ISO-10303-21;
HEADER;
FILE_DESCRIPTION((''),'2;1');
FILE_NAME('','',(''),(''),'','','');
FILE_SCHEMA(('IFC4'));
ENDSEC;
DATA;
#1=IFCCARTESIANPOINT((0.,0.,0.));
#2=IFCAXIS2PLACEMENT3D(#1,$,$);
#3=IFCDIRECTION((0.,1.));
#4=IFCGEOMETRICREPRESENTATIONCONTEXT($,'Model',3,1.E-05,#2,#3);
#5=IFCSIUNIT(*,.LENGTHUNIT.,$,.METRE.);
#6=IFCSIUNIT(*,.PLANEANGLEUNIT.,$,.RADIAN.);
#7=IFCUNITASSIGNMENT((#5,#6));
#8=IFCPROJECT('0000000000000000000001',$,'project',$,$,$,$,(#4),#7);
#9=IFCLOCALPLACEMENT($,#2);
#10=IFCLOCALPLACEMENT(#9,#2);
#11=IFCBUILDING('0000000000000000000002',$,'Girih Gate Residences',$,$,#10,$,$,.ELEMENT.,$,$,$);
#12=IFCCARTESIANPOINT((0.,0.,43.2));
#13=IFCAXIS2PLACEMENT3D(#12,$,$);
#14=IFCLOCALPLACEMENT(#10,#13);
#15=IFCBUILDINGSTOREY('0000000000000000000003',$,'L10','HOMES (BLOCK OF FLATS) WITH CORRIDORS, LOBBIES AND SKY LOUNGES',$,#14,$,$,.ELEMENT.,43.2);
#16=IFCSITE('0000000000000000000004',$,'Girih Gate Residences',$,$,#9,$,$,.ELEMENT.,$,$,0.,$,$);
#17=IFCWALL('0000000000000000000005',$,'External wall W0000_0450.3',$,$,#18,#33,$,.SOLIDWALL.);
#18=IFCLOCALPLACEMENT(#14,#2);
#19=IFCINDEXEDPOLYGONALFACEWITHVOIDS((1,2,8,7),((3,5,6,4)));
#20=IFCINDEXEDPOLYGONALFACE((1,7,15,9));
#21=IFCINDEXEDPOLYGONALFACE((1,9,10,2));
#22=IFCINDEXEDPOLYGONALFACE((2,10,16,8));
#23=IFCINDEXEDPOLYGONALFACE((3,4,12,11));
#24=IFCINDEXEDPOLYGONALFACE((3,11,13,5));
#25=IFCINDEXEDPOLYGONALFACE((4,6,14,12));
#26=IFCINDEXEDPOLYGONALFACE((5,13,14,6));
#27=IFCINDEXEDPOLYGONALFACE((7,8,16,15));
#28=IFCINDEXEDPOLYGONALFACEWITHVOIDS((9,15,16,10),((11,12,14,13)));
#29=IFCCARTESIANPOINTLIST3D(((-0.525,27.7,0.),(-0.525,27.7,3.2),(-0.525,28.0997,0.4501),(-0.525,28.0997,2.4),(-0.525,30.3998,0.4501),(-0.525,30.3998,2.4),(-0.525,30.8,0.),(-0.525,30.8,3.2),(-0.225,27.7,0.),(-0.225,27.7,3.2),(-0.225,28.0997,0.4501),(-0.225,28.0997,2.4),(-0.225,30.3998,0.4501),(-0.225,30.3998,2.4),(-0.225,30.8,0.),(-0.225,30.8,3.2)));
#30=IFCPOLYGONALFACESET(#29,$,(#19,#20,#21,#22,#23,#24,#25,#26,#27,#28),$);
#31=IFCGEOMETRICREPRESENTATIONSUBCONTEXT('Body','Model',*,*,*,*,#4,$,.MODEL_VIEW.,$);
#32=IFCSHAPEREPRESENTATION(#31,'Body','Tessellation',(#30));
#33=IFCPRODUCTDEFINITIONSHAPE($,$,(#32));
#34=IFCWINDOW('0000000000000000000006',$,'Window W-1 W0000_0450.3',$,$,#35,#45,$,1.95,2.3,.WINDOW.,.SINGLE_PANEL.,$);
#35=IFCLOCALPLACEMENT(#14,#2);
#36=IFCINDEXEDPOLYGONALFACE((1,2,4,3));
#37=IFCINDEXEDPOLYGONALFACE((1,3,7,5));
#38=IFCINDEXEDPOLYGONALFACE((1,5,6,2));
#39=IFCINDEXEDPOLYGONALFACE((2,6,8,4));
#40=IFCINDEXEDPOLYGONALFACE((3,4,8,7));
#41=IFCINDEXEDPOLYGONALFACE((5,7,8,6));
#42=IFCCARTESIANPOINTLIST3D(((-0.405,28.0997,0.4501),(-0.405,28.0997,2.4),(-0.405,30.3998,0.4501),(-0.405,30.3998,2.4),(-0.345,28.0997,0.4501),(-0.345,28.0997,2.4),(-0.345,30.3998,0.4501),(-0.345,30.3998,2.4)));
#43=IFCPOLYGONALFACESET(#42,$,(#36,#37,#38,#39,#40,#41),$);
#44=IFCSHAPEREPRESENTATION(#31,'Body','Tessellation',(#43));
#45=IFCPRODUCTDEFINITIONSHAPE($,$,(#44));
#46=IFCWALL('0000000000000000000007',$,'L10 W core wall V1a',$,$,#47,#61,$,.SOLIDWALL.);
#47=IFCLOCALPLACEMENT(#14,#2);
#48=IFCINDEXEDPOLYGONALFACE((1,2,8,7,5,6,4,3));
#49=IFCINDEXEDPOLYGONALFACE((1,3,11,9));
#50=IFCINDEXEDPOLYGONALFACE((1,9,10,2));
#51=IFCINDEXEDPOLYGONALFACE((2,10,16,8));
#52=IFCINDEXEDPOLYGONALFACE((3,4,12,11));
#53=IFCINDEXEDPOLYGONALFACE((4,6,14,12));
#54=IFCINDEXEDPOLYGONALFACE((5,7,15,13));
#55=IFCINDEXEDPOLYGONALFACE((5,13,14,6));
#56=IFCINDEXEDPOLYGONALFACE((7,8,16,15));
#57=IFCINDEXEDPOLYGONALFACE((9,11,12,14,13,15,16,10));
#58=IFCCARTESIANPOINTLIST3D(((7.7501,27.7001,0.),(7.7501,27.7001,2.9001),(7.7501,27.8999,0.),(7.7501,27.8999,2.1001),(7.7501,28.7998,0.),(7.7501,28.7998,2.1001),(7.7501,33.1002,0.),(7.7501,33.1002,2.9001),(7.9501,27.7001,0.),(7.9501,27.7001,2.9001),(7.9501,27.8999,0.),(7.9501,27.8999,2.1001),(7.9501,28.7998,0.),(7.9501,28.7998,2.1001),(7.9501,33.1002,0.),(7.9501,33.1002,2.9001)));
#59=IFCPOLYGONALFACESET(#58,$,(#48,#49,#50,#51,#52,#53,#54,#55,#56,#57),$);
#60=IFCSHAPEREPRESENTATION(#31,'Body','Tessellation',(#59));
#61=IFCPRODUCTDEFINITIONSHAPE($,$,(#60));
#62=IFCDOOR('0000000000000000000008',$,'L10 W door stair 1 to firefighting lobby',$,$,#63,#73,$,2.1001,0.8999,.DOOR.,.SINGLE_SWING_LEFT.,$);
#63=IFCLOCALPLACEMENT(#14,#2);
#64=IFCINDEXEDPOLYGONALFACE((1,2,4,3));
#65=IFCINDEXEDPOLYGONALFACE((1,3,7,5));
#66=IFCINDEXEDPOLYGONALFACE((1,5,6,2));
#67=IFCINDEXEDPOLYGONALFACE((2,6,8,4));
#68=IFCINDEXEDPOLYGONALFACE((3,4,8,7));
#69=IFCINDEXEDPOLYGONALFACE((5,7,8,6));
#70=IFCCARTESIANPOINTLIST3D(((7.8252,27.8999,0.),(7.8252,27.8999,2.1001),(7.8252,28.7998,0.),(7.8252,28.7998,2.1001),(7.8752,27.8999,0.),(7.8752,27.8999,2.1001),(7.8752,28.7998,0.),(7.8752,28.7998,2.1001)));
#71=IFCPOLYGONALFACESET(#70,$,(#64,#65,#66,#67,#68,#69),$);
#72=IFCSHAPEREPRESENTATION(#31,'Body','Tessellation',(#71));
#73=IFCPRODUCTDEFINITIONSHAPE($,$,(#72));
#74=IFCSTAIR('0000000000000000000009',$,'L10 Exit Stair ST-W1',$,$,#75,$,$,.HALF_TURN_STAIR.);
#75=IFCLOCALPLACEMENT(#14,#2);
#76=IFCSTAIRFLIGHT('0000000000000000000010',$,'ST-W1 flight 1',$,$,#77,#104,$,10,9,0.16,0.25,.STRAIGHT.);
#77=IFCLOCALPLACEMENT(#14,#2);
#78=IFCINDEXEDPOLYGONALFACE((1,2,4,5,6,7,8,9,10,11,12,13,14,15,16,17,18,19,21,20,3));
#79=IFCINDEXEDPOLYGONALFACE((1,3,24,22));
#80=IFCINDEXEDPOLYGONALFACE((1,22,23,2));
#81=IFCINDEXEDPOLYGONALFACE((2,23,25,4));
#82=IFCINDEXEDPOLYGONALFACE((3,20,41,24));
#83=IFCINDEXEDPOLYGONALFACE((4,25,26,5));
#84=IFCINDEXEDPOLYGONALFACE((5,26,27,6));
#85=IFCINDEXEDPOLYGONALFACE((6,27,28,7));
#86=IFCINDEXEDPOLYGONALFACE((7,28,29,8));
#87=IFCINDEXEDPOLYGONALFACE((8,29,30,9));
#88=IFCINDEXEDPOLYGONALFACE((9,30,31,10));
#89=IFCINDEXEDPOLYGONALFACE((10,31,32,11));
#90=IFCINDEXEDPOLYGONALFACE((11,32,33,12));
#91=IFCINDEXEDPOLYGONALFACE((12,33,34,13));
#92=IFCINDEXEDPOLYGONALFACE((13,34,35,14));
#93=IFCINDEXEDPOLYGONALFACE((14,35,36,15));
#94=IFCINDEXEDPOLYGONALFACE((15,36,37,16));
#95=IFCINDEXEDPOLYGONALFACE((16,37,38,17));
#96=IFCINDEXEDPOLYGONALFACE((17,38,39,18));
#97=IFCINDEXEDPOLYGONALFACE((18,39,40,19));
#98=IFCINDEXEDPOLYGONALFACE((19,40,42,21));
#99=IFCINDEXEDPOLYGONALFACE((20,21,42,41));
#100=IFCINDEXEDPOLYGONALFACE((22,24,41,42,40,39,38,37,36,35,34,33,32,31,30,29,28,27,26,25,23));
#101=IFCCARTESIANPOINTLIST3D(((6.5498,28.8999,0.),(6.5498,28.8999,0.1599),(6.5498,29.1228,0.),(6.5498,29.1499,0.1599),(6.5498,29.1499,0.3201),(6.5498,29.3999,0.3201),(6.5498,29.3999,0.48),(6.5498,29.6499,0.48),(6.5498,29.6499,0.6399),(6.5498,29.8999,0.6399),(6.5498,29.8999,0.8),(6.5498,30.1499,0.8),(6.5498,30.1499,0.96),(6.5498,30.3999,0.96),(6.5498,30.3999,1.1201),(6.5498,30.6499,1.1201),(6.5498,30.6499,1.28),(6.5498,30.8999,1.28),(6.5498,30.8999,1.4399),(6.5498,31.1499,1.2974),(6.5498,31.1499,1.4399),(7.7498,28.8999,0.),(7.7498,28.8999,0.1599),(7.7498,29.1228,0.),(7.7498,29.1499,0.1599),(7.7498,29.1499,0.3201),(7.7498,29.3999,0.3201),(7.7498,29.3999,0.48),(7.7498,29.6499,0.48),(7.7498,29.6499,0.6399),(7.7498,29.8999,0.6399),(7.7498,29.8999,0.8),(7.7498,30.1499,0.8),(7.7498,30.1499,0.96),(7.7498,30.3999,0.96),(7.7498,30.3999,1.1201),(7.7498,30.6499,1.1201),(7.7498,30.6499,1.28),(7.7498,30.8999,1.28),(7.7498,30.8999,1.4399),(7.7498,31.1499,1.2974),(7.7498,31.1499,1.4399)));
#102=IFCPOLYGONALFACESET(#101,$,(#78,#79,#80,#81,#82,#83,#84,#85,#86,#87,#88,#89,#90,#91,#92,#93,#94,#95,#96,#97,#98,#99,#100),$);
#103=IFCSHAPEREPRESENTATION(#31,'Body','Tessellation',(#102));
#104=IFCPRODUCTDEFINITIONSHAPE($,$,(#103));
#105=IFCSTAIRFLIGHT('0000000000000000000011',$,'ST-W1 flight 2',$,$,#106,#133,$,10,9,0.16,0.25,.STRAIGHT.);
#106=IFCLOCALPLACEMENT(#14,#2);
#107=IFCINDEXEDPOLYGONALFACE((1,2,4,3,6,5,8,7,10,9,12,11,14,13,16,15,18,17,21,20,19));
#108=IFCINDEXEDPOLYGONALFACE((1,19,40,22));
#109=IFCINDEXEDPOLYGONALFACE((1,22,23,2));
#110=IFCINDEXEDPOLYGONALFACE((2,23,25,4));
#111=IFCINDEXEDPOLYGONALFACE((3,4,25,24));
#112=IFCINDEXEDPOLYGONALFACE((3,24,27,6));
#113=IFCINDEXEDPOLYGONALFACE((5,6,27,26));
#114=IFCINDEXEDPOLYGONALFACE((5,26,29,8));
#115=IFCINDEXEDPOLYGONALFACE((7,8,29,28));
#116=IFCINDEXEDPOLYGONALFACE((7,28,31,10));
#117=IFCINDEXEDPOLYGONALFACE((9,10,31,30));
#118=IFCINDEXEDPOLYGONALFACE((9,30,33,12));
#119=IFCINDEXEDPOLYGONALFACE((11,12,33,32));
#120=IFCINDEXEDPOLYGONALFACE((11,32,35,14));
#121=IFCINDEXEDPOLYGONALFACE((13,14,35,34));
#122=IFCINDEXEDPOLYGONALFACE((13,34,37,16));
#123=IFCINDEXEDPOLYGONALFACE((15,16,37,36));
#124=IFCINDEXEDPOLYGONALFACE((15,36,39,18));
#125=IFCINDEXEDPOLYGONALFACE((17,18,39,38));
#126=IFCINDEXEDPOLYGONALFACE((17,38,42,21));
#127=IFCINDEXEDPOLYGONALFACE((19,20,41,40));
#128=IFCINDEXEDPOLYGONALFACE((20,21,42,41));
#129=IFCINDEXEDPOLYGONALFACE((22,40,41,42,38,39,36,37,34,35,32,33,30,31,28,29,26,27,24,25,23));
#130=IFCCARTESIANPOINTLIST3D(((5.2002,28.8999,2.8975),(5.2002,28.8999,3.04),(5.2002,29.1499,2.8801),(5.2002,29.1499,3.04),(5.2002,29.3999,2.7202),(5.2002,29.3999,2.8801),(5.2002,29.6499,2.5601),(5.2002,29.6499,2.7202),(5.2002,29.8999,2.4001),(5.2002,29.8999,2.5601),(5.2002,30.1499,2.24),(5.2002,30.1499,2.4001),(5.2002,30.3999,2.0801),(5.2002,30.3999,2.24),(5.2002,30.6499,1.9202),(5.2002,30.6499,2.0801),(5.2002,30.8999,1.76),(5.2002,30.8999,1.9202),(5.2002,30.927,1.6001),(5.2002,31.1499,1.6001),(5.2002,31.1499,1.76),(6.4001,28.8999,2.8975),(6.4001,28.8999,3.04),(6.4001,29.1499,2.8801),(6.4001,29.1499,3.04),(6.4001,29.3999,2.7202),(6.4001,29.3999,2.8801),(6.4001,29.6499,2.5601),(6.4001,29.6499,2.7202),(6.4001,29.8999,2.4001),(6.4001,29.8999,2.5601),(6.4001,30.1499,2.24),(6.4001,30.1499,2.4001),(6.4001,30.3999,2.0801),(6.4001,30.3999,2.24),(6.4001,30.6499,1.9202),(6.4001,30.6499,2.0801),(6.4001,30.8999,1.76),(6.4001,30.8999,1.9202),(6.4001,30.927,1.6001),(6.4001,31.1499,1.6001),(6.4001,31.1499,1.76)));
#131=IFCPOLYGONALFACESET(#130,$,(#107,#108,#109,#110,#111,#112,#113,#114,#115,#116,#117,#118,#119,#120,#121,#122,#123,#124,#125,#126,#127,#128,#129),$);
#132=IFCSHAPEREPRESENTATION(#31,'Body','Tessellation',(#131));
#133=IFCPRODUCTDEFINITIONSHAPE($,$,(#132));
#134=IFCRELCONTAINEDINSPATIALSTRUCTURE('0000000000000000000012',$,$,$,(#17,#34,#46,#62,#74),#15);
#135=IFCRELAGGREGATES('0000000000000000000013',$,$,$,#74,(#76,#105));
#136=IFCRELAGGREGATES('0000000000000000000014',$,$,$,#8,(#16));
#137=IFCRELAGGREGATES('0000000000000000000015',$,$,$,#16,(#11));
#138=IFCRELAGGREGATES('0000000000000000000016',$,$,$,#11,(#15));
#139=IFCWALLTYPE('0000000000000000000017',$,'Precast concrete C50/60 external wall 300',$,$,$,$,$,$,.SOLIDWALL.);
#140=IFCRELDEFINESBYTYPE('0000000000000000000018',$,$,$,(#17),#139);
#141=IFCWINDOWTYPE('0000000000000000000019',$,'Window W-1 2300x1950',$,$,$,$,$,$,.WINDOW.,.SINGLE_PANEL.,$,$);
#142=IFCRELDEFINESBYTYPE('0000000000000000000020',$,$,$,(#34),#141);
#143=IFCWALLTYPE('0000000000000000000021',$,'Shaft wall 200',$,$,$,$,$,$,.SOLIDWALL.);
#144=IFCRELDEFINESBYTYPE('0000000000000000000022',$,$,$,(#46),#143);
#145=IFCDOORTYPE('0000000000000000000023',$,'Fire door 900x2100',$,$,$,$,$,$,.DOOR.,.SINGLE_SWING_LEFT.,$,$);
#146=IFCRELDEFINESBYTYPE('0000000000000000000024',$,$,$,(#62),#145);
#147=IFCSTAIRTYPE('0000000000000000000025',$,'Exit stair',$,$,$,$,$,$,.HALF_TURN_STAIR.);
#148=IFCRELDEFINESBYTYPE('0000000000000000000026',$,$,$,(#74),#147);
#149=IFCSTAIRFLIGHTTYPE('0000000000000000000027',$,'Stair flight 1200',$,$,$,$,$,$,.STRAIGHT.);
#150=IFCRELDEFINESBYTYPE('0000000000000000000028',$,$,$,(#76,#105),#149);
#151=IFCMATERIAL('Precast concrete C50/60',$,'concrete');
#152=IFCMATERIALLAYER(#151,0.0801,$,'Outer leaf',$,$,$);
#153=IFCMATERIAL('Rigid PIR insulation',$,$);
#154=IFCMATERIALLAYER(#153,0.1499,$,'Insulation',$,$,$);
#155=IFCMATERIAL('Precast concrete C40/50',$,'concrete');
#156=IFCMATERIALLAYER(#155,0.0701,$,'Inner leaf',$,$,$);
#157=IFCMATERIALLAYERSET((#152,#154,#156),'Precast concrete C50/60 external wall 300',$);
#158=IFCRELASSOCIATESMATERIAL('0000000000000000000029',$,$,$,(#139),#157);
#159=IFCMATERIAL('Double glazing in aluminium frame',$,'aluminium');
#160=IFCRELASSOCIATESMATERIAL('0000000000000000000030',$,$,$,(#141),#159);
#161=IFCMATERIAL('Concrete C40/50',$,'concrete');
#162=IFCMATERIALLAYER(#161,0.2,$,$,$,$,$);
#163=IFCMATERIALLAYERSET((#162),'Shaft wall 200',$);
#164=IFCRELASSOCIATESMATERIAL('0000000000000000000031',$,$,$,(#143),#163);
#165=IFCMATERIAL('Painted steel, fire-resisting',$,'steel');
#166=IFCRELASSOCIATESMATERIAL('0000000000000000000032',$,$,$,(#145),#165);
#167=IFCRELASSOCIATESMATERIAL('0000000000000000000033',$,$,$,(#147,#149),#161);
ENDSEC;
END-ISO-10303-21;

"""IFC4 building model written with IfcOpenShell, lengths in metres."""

from ifc_helpers import new_model, si_unit, direction, frame, frame_2d, origin, place, context, subcontext, project, spatial, polyline, rectangle, outline, extrude, material, layer, layer_set, type_object, element, fill, aggregate, save


model = new_model("IFC4")

# Units and contexts
model_context = context("Model", 3, precision=1e-05, world=origin(), true_north=direction((0.0, 1.0)))
body_context = subcontext(model_context, "Body", "Model", "MODEL_VIEW")
ifc_project = project(units=[si_unit("LENGTHUNIT", "METRE"), si_unit("PLANEANGLEUNIT", "RADIAN")], contexts=[model_context])

# Site, building, storey
site_placement = place(None, origin())
site = spatial("IfcSite", under=ifc_project, at=site_placement, Name="Girih Gate Residences", CompositionType="ELEMENT", RefElevation=0.0)
building_placement = place(site_placement, origin())
building = spatial("IfcBuilding", under=site, at=building_placement, Name="Girih Gate Residences", CompositionType="ELEMENT")
storey_placement = place(building_placement, frame((0.0, 0.0, 43.2)))
storey = spatial("IfcBuildingStorey", under=building, at=storey_placement, Name="L10", Description="HOMES (BLOCK OF FLATS) WITH CORRIDORS, LOBBIES AND SKY LOUNGES", CompositionType="ELEMENT", Elevation=43.2)

# Shared definitions
ifc_material_1 = material(Name="Painted steel, fire-resisting", Category="steel")

# Wall, opening, window
ifc_material_2 = material(Name="Precast concrete C50/60", Category="concrete")
ifc_layer_1 = layer(ifc_material_2, 0.0801, Name="Outer leaf")
ifc_material_3 = material(Name="Rigid PIR insulation")
ifc_layer_2 = layer(ifc_material_3, 0.1499, Name="Insulation")
ifc_material_4 = material(Name="Precast concrete C40/50", Category="concrete")
ifc_layer_3 = layer(ifc_material_4, 0.0701, Name="Inner leaf")
ifc_layer_set_1 = layer_set([ifc_layer_1, ifc_layer_2, ifc_layer_3], Name="Precast concrete C50/60 external wall 300")
wall_type_1 = type_object("IfcWallType", Name="Precast concrete C50/60 external wall 300", PredefinedType="SOLIDWALL", material=ifc_layer_set_1)
wall_1_placement = place(storey_placement, frame((-0.375, 27.7, 0.0), z_axis=(0.0, 0.0, 1.0), x_axis=(0.0, 1.0, 0.0)))
wall_1 = element("IfcWall", 1, at=wall_1_placement, inside=storey, type_object=wall_type_1, Name="External wall W0000_0450.3", PredefinedType="SOLIDWALL", context=body_context, shape_type="SweptSolid", body=[
    extrude(rectangle(XDim=3.1001, YDim=0.3, at=frame_2d((1.55, 0.0))), origin(), (0.0, 0.0, 1.0), 3.2),
])
opening_1_placement = place(wall_1_placement, frame((0.3999, 0.0, 0.45)))
opening_1 = element("IfcOpeningElement", 2, at=opening_1_placement, cuts=wall_1, PredefinedType="OPENING", context=body_context, shape_type="SweptSolid", body=[
    extrude(rectangle(XDim=2.3, YDim=1.95, at=frame_2d((1.1499, 0.9751))), frame((0.0, 0.1599, 0.0), z_axis=(0.0, -1.0, 0.0), x_axis=(1.0, 0.0, 0.0)), (0.0, 0.0, 1.0), 0.3201),
])
ifc_material_5 = material(Name="Double glazing in aluminium frame", Category="aluminium")
window_type = type_object("IfcWindowType", Name="Window W-1 2300x1950", PartitioningType="SINGLE_PANEL", PredefinedType="WINDOW", material=ifc_material_5)
window_placement = place(opening_1_placement, origin())
window = element("IfcWindow", 3, at=window_placement, inside=storey, type_object=window_type, Name="Window W-1 W0000_0450.3", OverallHeight=1.95, OverallWidth=2.3, PartitioningType="SINGLE_PANEL", PredefinedType="WINDOW", context=body_context, shape_type="SweptSolid", body=[
    extrude(rectangle(XDim=2.3, YDim=1.95, at=frame_2d((1.1499, 0.9751))), frame((0.0, 0.03, 0.0), z_axis=(0.0, -1.0, 0.0), x_axis=(1.0, 0.0, 0.0)), (0.0, 0.0, 1.0), 0.0601),
])
fill(opening_1, window)

# Wall, opening, door
ifc_material_6 = material(Name="Concrete C40/50", Category="concrete")
ifc_layer_4 = layer(ifc_material_6, 0.2)
ifc_layer_set_2 = layer_set([ifc_layer_4], Name="Shaft wall 200")
wall_type_2 = type_object("IfcWallType", Name="Shaft wall 200", PredefinedType="SOLIDWALL", material=ifc_layer_set_2)
wall_2_placement = place(storey_placement, frame((7.8501, 27.7, 0.0), z_axis=(0.0, 0.0, 1.0), x_axis=(0.0, 1.0, 0.0)))
wall_2 = element("IfcWall", 4, at=wall_2_placement, inside=storey, type_object=wall_type_2, Name="L10 W core wall V1a", PredefinedType="SOLIDWALL", context=body_context, shape_type="SweptSolid", body=[
    extrude(rectangle(XDim=5.4001, YDim=0.2, at=frame_2d((2.7002, 0.0))), origin(), (0.0, 0.0, 1.0), 2.9001),
])
opening_2_placement = place(wall_2_placement, frame((0.2, 0.0, 0.0)))
opening_2 = element("IfcOpeningElement", 5, at=opening_2_placement, cuts=wall_2, PredefinedType="OPENING", context=body_context, shape_type="SweptSolid", body=[
    extrude(rectangle(XDim=0.8999, YDim=2.1001, at=frame_2d((0.45, 1.05))), frame((0.0, 0.1099, 0.0), z_axis=(0.0, -1.0, 0.0), x_axis=(1.0, 0.0, 0.0)), (0.0, 0.0, 1.0), 0.22),
])
door_type_1 = type_object("IfcDoorType", Name="Fire door 900x2100", OperationType="SINGLE_SWING_LEFT", PredefinedType="DOOR", material=ifc_material_1)
door_1_placement = place(opening_2_placement, origin())
door_1 = element("IfcDoor", 6, at=door_1_placement, inside=storey, type_object=door_type_1, Name="L10 W door stair 1 to firefighting lobby", OperationType="SINGLE_SWING_LEFT", OverallHeight=2.1001, OverallWidth=0.8999, PredefinedType="DOOR", context=body_context, shape_type="SweptSolid", body=[
    extrude(rectangle(XDim=0.8999, YDim=2.1001, at=frame_2d((0.45, 1.05))), frame((0.0, 0.0249, 0.0), z_axis=(0.0, -1.0, 0.0), x_axis=(1.0, 0.0, 0.0)), (0.0, 0.0, 1.0), 0.05),
])
fill(opening_2, door_1)

# Stair, stair flights
stair_type = type_object("IfcStairType", Name="Exit stair", PredefinedType="HALF_TURN_STAIR", material=ifc_material_6)
stair_placement = place(storey_placement, origin())
stair = element("IfcStair", 7, at=stair_placement, inside=storey, type_object=stair_type, Name="L10 Exit Stair ST-W1", PredefinedType="HALF_TURN_STAIR")
stair_flight_type = type_object("IfcStairFlightType", Name="Stair flight 1200", PredefinedType="STRAIGHT", material=ifc_material_6)
stair_flight_1_placement = place(storey_placement, frame((7.1499, 28.8999, 0.0), z_axis=(0.0, 0.0, 1.0), x_axis=(0.0, 1.0, 0.0)))
stair_flight_1 = element("IfcStairFlight", 8, at=stair_flight_1_placement, type_object=stair_flight_type, Name="ST-W1 flight 1", NumberOfRisers=10, NumberOfTreads=9, PredefinedType="STRAIGHT", RiserHeight=0.16, TreadLength=0.25, context=body_context, shape_type="SweptSolid", body=[
    extrude(outline(polyline([(0.0, 0.0), (0.0, 0.1599), (0.25, 0.1599), (0.25, 0.3201), (0.5, 0.3201), (0.5, 0.48), (0.75, 0.48), (0.75, 0.6399), (1.0, 0.6399), (1.0, 0.8), (1.25, 0.8), (1.25, 0.96), (1.5, 0.96), (1.5, 1.1201), (1.75, 1.1201), (1.75, 1.28), (2.0, 1.28), (2.0, 1.4399), (2.25, 1.4399), (2.25, 1.6001), (2.25, 1.2974), (0.2229, 0.0), (0.0, 0.0)])), frame((0.0, 0.6001, 0.0), z_axis=(0.0, -1.0, 0.0), x_axis=(1.0, 0.0, 0.0)), (0.0, 0.0, 1.0), 1.2),
])
stair_flight_2_placement = place(storey_placement, frame((5.8, 31.1499, 1.6001), z_axis=(0.0, 0.0, 1.0), x_axis=(0.0, -1.0, 0.0)))
stair_flight_2 = element("IfcStairFlight", 9, at=stair_flight_2_placement, type_object=stair_flight_type, Name="ST-W1 flight 2", NumberOfRisers=10, NumberOfTreads=9, PredefinedType="STRAIGHT", RiserHeight=0.16, TreadLength=0.25, context=body_context, shape_type="SweptSolid", body=[
    extrude(outline(polyline([(0.0, 0.0), (0.0, 0.1599), (0.25, 0.1599), (0.25, 0.3201), (0.5, 0.3201), (0.5, 0.48), (0.75, 0.48), (0.75, 0.6399), (1.0, 0.6399), (1.0, 0.8), (1.25, 0.8), (1.25, 0.96), (1.5, 0.96), (1.5, 1.1201), (1.75, 1.1201), (1.75, 1.28), (2.0, 1.28), (2.0, 1.4399), (2.25, 1.4399), (2.25, 1.6001), (2.25, 1.2974), (0.2229, 0.0), (0.0, 0.0)])), frame((0.0, 0.6001, 0.0), z_axis=(0.0, -1.0, 0.0), x_axis=(1.0, 0.0, 0.0)), (0.0, 0.0, 1.0), 1.2),
])
aggregate(stair, [stair_flight_1, stair_flight_2])

save(model, "model.ifc")
